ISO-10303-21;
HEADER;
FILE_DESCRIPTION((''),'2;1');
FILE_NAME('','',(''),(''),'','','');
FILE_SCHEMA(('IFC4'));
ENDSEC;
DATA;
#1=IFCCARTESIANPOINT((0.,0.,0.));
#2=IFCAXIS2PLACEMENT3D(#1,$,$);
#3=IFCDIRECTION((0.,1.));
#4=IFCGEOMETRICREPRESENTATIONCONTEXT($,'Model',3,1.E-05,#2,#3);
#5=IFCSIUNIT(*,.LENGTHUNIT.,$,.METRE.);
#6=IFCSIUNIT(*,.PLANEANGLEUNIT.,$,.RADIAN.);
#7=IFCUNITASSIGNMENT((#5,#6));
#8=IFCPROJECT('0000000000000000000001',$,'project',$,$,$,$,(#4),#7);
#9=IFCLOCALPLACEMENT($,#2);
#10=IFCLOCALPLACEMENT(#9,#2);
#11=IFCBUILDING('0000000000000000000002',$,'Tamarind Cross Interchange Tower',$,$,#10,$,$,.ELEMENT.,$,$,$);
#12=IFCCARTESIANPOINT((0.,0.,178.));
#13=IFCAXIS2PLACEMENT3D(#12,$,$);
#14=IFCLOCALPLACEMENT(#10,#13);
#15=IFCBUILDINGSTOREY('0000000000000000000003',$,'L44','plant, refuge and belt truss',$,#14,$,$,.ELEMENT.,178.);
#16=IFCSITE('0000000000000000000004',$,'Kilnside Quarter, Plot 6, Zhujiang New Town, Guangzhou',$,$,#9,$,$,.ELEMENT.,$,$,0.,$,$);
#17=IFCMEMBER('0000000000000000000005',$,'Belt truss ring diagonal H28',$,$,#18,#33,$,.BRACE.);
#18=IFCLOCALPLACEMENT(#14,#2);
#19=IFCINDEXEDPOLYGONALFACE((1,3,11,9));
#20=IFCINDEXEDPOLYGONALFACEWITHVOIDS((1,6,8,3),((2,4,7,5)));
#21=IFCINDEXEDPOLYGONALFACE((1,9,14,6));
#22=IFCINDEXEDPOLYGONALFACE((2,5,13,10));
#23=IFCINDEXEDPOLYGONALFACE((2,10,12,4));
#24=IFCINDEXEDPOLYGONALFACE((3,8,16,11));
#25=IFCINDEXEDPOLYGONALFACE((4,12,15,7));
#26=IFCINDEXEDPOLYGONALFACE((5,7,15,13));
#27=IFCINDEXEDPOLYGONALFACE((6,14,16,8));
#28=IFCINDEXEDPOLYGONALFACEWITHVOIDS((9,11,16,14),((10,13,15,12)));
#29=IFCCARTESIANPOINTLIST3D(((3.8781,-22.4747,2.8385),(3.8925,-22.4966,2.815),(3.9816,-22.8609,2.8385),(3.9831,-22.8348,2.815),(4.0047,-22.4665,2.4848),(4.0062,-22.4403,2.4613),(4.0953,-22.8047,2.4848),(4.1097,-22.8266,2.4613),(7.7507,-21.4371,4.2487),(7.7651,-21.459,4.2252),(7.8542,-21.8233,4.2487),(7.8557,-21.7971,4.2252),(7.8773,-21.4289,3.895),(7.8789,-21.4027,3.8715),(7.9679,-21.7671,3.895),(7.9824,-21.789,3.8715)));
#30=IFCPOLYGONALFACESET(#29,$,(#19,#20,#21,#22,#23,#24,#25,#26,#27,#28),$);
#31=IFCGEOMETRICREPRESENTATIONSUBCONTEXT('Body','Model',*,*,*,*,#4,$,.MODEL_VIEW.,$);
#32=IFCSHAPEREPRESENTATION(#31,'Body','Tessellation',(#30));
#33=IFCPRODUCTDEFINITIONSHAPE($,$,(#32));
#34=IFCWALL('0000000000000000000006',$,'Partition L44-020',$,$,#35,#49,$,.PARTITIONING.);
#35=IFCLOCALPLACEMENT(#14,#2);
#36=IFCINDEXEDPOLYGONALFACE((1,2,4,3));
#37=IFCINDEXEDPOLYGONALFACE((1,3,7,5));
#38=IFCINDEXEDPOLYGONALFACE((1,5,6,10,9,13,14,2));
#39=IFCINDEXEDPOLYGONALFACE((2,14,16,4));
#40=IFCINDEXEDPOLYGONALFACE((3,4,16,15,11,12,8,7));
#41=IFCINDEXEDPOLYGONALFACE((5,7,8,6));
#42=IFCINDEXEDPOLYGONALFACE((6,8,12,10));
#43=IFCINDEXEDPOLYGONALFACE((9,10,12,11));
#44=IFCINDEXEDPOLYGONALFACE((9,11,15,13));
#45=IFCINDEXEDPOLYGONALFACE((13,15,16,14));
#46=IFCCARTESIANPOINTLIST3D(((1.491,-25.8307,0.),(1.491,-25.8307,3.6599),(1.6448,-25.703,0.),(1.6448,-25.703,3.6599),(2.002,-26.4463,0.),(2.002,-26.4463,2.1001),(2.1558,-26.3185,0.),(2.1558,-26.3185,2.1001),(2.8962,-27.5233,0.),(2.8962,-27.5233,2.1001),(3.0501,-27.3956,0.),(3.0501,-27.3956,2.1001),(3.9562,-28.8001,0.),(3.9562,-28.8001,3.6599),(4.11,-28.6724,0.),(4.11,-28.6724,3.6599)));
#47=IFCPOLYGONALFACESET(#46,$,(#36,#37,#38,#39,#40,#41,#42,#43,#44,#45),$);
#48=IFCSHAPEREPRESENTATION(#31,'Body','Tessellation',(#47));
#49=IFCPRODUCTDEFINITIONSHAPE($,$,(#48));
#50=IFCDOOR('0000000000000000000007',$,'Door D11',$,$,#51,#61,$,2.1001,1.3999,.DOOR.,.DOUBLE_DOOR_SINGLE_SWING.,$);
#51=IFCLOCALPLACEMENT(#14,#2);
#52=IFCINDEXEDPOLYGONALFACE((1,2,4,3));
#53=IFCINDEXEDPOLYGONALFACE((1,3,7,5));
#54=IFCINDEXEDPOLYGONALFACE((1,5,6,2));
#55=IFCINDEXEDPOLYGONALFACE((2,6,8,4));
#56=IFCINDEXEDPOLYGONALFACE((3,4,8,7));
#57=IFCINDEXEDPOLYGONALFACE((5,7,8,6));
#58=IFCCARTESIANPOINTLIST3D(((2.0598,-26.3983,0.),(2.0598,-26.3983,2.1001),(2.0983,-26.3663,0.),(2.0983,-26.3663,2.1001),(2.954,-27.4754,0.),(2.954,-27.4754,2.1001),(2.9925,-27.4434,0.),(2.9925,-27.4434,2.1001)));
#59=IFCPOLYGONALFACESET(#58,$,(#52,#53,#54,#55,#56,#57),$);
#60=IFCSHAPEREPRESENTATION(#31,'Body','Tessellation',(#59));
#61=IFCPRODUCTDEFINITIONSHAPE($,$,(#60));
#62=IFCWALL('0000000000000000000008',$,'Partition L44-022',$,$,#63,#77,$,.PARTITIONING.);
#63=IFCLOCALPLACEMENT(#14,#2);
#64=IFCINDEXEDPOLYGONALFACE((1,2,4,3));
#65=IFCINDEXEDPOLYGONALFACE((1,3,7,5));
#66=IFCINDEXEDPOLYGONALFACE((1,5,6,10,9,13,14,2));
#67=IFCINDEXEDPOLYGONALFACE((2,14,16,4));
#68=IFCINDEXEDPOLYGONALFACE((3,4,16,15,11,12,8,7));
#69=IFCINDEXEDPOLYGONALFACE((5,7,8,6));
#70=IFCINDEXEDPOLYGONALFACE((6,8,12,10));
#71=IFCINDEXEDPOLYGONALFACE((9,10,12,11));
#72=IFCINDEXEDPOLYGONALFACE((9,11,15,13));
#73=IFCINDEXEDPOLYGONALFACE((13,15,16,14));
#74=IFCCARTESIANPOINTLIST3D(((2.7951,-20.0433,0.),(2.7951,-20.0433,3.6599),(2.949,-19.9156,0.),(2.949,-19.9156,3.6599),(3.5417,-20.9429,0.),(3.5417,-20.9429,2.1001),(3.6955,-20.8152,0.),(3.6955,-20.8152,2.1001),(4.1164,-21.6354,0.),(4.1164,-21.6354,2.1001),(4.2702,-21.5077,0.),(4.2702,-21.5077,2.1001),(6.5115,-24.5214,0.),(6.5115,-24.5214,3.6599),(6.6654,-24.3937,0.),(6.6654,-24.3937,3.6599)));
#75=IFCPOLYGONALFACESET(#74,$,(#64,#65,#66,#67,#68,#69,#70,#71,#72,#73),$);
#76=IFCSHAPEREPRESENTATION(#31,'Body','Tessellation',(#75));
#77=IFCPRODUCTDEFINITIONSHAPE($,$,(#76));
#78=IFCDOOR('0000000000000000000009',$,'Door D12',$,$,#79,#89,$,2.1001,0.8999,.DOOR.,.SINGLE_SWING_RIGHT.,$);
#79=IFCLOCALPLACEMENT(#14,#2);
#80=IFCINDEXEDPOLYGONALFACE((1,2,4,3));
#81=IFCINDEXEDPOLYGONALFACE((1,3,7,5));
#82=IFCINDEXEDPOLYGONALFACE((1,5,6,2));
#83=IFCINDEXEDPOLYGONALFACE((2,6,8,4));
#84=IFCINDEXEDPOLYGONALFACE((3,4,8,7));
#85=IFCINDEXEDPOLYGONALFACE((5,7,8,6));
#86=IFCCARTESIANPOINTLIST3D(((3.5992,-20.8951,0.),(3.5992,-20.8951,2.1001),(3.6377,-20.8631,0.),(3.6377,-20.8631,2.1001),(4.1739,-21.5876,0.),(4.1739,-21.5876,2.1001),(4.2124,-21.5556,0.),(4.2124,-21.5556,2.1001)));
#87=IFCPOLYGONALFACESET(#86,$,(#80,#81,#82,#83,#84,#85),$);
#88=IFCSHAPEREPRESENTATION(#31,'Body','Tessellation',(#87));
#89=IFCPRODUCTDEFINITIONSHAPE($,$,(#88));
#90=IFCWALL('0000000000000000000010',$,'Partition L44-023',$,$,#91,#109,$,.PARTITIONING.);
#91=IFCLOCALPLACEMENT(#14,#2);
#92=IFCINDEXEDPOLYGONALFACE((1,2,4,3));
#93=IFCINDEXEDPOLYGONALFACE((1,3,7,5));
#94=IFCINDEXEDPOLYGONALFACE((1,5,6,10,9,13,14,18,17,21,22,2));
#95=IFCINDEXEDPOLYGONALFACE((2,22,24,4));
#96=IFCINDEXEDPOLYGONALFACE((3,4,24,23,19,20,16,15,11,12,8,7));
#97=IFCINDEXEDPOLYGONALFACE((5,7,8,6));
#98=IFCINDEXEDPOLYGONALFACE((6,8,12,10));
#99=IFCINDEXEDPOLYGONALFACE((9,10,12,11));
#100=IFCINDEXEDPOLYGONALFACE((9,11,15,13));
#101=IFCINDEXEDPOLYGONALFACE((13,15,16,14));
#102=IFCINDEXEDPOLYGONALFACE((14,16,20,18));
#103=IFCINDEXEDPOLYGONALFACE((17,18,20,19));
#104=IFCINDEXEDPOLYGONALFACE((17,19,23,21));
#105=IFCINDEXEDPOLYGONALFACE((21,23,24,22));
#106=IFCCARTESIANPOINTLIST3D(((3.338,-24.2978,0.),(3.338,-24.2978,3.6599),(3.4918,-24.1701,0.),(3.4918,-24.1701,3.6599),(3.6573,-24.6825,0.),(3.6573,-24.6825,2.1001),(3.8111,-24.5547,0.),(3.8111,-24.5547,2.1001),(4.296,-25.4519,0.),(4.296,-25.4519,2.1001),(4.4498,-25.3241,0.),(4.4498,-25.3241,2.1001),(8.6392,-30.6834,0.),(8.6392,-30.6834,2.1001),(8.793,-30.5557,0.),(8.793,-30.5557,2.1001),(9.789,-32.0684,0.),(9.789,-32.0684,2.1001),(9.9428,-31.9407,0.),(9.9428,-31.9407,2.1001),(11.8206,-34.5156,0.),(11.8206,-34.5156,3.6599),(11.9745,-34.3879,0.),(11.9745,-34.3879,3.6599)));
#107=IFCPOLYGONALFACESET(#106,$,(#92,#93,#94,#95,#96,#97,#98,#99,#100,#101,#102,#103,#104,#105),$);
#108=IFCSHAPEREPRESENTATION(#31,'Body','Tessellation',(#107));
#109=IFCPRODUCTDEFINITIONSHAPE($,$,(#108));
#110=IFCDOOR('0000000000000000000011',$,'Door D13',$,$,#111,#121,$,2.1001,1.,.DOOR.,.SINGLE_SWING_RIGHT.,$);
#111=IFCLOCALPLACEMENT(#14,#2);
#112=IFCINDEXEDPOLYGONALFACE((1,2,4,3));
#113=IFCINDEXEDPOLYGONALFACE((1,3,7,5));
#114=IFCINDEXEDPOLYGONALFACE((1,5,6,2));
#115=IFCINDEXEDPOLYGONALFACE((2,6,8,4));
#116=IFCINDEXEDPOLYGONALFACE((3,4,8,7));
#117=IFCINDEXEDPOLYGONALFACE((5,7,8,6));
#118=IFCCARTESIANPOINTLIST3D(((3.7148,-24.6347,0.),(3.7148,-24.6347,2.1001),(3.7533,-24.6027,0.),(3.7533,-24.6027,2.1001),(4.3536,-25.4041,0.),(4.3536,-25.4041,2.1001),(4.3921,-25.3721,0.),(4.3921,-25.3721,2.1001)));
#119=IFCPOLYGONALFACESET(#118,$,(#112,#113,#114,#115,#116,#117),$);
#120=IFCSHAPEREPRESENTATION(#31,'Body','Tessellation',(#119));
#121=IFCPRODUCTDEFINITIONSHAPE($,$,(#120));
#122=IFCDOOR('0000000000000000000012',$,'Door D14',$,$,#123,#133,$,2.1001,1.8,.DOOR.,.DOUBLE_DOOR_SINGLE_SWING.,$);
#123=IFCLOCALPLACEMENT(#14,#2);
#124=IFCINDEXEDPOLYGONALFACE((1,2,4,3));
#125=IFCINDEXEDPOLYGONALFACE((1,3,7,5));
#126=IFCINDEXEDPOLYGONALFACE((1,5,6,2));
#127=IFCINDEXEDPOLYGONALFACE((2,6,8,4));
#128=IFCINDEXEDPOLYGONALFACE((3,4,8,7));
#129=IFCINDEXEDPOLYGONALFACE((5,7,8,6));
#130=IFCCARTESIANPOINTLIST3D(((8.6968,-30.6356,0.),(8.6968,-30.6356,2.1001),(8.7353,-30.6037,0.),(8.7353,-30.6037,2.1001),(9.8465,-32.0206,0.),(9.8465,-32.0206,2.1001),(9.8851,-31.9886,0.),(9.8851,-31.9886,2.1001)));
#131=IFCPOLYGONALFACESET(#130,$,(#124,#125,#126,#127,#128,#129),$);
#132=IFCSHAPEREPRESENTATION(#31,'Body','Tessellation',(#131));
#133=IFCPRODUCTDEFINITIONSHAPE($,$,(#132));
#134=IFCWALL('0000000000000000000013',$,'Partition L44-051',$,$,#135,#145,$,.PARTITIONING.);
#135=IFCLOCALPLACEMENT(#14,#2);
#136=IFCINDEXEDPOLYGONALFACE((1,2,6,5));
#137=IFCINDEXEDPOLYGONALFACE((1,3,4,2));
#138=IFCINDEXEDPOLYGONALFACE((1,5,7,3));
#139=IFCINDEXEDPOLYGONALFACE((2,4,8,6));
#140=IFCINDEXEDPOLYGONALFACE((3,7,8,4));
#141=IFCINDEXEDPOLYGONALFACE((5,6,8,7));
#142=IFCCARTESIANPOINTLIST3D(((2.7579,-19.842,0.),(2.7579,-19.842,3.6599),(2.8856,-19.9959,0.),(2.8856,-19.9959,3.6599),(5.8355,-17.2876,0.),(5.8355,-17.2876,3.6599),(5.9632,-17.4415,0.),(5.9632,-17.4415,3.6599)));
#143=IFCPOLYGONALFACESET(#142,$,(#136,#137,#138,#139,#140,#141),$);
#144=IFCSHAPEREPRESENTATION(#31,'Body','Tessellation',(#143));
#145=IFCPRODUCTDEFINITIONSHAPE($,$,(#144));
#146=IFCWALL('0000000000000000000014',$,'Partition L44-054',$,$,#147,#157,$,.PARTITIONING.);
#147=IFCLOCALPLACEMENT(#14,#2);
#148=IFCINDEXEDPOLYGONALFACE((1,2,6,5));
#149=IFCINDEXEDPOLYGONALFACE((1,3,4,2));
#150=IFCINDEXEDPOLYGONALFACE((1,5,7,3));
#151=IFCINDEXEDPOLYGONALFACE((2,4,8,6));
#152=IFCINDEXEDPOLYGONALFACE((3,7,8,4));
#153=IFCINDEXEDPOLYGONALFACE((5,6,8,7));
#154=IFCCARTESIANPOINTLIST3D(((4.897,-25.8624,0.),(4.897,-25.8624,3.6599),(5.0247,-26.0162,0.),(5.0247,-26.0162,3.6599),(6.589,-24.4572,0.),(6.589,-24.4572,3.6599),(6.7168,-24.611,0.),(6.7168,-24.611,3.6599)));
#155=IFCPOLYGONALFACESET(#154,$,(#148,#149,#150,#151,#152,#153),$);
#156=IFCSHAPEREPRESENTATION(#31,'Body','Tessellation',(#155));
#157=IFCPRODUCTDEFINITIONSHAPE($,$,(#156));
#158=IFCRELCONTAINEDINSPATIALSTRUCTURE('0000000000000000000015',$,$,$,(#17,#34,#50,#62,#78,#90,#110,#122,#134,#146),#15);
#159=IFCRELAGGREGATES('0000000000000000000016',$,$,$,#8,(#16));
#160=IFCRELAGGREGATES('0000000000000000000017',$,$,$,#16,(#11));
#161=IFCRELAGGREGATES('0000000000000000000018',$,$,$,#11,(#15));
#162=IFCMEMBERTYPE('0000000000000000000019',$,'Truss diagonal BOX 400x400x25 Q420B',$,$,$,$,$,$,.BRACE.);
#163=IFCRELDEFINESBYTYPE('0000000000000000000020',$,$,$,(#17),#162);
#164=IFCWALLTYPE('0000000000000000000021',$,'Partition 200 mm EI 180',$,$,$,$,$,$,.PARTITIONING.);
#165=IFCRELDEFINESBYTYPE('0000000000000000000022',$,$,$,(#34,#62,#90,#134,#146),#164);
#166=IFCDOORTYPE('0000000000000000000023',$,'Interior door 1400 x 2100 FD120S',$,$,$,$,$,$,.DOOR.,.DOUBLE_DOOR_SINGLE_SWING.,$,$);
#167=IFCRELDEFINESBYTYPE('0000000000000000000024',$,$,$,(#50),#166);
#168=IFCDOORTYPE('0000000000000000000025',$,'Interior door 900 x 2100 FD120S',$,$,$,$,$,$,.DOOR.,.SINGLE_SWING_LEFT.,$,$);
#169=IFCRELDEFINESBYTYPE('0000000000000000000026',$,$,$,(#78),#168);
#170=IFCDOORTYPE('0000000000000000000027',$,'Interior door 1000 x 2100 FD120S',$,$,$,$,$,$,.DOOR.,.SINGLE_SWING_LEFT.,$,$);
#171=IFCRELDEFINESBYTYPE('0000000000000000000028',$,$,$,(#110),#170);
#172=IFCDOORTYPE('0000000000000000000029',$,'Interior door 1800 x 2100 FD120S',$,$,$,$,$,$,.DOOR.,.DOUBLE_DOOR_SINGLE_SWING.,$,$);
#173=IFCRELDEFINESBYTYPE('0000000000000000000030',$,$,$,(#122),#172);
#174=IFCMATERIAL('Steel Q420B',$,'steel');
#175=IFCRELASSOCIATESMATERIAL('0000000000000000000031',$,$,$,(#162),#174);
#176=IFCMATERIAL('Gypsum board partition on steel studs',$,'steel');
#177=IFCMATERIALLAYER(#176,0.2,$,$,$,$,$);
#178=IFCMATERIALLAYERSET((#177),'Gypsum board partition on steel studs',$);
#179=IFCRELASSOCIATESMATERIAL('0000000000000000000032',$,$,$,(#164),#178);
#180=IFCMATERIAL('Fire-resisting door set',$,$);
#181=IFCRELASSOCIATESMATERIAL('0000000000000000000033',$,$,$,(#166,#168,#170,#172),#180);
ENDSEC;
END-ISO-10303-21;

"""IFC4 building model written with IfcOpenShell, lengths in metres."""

from ifc_helpers import new_model, si_unit, direction, frame, frame_2d, origin, origin_2d, place, context, subcontext, project, spatial, rectangle, hollow_rectangle, extrude, material, layer, layer_set, material_profile, profile_set, type_object, element, fill, save


model = new_model("IFC4")

# Units and contexts
model_context = context("Model", 3, precision=1e-05, world=origin(), true_north=direction((0.0, 1.0)))
body_context = subcontext(model_context, "Body", "Model", "MODEL_VIEW")
ifc_project = project(units=[si_unit("LENGTHUNIT", "METRE"), si_unit("PLANEANGLEUNIT", "RADIAN")], contexts=[model_context])

# Site, building, storey
site_placement = place(None, origin())
site = spatial("IfcSite", under=ifc_project, at=site_placement, Name="Kilnside Quarter, Plot 6, Zhujiang New Town, Guangzhou", CompositionType="ELEMENT", RefElevation=0.0)
building_placement = place(site_placement, origin())
building = spatial("IfcBuilding", under=site, at=building_placement, Name="Tamarind Cross Interchange Tower", CompositionType="ELEMENT")
storey_placement = place(building_placement, frame((0.0, 0.0, 178.0)))
storey = spatial("IfcBuildingStorey", under=building, at=storey_placement, Name="L44", Description="plant, refuge and belt truss", CompositionType="ELEMENT", Elevation=178.0)

# Member
ifc_material_1 = material(Name="Steel Q420B", Category="steel")
ifc_material_profile_1 = material_profile(ifc_material_1, hollow_rectangle(XDim=0.3999, YDim=0.3999, WallThickness=0.0249, at=origin_2d()), Name="BOX 400x400x25")
ifc_profile_set_1 = profile_set([ifc_material_profile_1], Name="Steel Q420B")
member_type_1 = type_object("IfcMemberType", Name="Truss diagonal BOX 400x400x25 Q420B", PredefinedType="BRACE", material=ifc_profile_set_1)
member_placement = place(storey_placement, frame((3.9939, -22.6506, 2.6499), z_axis=(0.911206, 0.244145, 0.331807), x_axis=(-0.258807, 0.965929, 0.0)))
element("IfcMember", 1, at=member_placement, inside=storey, type_object=member_type_1, Name="Belt truss ring diagonal H28", PredefinedType="BRACE", context=body_context, shape_type="SweptSolid", body=[
    extrude(hollow_rectangle(XDim=0.3999, YDim=0.3999, WallThickness=0.0249, at=origin_2d()), origin(), (0.0, 0.0, 1.0), 4.25),
])

# Walls, openings, doors
ifc_material_2 = material(Name="Gypsum board partition on steel studs", Category="steel")
ifc_layer_1 = layer(ifc_material_2, 0.2)
ifc_layer_set_1 = layer_set([ifc_layer_1], Name="Gypsum board partition on steel studs")
wall_type_1 = type_object("IfcWallType", Name="Partition 200 mm EI 180", PredefinedType="PARTITIONING", material=ifc_layer_set_1)
wall_1_placement = place(storey_placement, frame((1.5679, -25.7668, 0.0), z_axis=(0.0, 0.0, 1.0), x_axis=(0.638771, -0.769397, 0.0)))
wall_1 = element("IfcWall", 2, at=wall_1_placement, inside=storey, type_object=wall_type_1, Name="Partition L44-020", PredefinedType="PARTITIONING", context=body_context, shape_type="SweptSolid", body=[
    extrude(rectangle(XDim=3.8594, YDim=0.2, at=frame_2d((1.9297, 0.0))), origin(), (0.0, 0.0, 1.0), 3.6599),
])
opening_1_placement = place(wall_1_placement, frame((0.8, 0.0, 0.0)))
opening_1 = element("IfcOpeningElement", 3, at=opening_1_placement, cuts=wall_1, PredefinedType="OPENING", context=body_context, shape_type="SweptSolid", body=[
    extrude(rectangle(XDim=1.3999, YDim=2.1001, at=frame_2d((0.7, 1.05))), frame((0.0, 0.1099, 0.0), z_axis=(0.0, -1.0, 0.0), x_axis=(1.0, 0.0, 0.0)), (0.0, 0.0, 1.0), 0.22),
])
ifc_material_3 = material(Name="Fire-resisting door set")
door_type_1 = type_object("IfcDoorType", Name="Interior door 1400 x 2100 FD120S", OperationType="DOUBLE_DOOR_SINGLE_SWING", PredefinedType="DOOR", material=ifc_material_3)
door_1_placement = place(opening_1_placement, frame((1.3999, 0.0, 0.0), z_axis=(0.0, 0.0, 1.0), x_axis=(-1.0, 0.0, 0.0)))
door_1 = element("IfcDoor", 4, at=door_1_placement, inside=storey, type_object=door_type_1, Name="Door D11", OperationType="DOUBLE_DOOR_SINGLE_SWING", OverallHeight=2.1001, OverallWidth=1.3999, PredefinedType="DOOR", context=body_context, shape_type="SweptSolid", body=[
    extrude(rectangle(XDim=1.3999, YDim=2.1001, at=frame_2d((0.7, 1.05))), frame((0.0, 0.0249, 0.0), z_axis=(0.0, -1.0, 0.0), x_axis=(1.0, 0.0, 0.0)), (0.0, 0.0, 1.0), 0.05),
])
fill(opening_1, door_1)
wall_2_placement = place(storey_placement, frame((2.8721, -19.9795, 0.0), z_axis=(0.0, 0.0, 1.0), x_axis=(0.638623, -0.76952, 0.0)))
wall_2 = element("IfcWall", 5, at=wall_2_placement, inside=storey, type_object=wall_type_1, Name="Partition L44-022", PredefinedType="PARTITIONING", context=body_context, shape_type="SweptSolid", body=[
    extrude(rectangle(XDim=5.8193, YDim=0.2, at=frame_2d((2.9097, 0.0))), origin(), (0.0, 0.0, 1.0), 3.6599),
])
opening_2_placement = place(wall_2_placement, frame((1.1689, 0.0, 0.0)))
opening_2 = element("IfcOpeningElement", 6, at=opening_2_placement, cuts=wall_2, PredefinedType="OPENING", context=body_context, shape_type="SweptSolid", body=[
    extrude(rectangle(XDim=0.8999, YDim=2.1001, at=frame_2d((0.45, 1.05))), frame((0.0, 0.1099, 0.0), z_axis=(0.0, -1.0, 0.0), x_axis=(1.0, 0.0, 0.0)), (0.0, 0.0, 1.0), 0.22),
])
door_type_2 = type_object("IfcDoorType", Name="Interior door 900 x 2100 FD120S", OperationType="SINGLE_SWING_LEFT", PredefinedType="DOOR", material=ifc_material_3)
door_2_placement = place(opening_2_placement, origin())
door_2 = element("IfcDoor", 7, at=door_2_placement, inside=storey, type_object=door_type_2, Name="Door D12", OperationType="SINGLE_SWING_RIGHT", OverallHeight=2.1001, OverallWidth=0.8999, PredefinedType="DOOR", context=body_context, shape_type="SweptSolid", body=[
    extrude(rectangle(XDim=0.8999, YDim=2.1001, at=frame_2d((0.45, 1.05))), frame((0.0, 0.0249, 0.0), z_axis=(0.0, -1.0, 0.0), x_axis=(1.0, 0.0, 0.0)), (0.0, 0.0, 1.0), 0.05),
])
fill(opening_2, door_2)

# Wall, openings, doors
wall_3_placement = place(storey_placement, frame((3.4148, -24.2339, 0.0), z_axis=(0.0, 0.0, 1.0), x_axis=(0.638755, -0.76941, 0.0)))
wall_3 = element("IfcWall", 8, at=wall_3_placement, inside=storey, type_object=wall_type_1, Name="Partition L44-023", PredefinedType="PARTITIONING", context=body_context, shape_type="SweptSolid", body=[
    extrude(rectangle(XDim=13.28, YDim=0.2, at=frame_2d((6.6401, 0.0))), origin(), (0.0, 0.0, 1.0), 3.6599),
])
opening_3_placement = place(wall_3_placement, frame((0.5, 0.0, 0.0)))
opening_3 = element("IfcOpeningElement", 9, at=opening_3_placement, cuts=wall_3, PredefinedType="OPENING", context=body_context, shape_type="SweptSolid", body=[
    extrude(rectangle(XDim=1.0, YDim=2.1001, at=frame_2d((0.5, 1.05))), frame((0.0, 0.1099, 0.0), z_axis=(0.0, -1.0, 0.0), x_axis=(1.0, 0.0, 0.0)), (0.0, 0.0, 1.0), 0.22),
])
opening_4_placement = place(wall_3_placement, frame((8.2996, 0.0, 0.0)))
opening_4 = element("IfcOpeningElement", 10, at=opening_4_placement, cuts=wall_3, PredefinedType="OPENING", context=body_context, shape_type="SweptSolid", body=[
    extrude(rectangle(XDim=1.8, YDim=2.1001, at=frame_2d((0.8999, 1.05))), frame((0.0, 0.1099, 0.0), z_axis=(0.0, -1.0, 0.0), x_axis=(1.0, 0.0, 0.0)), (0.0, 0.0, 1.0), 0.22),
])
door_type_3 = type_object("IfcDoorType", Name="Interior door 1000 x 2100 FD120S", OperationType="SINGLE_SWING_LEFT", PredefinedType="DOOR", material=ifc_material_3)
door_3_placement = place(opening_3_placement, origin())
door_3 = element("IfcDoor", 11, at=door_3_placement, inside=storey, type_object=door_type_3, Name="Door D13", OperationType="SINGLE_SWING_RIGHT", OverallHeight=2.1001, OverallWidth=1.0, PredefinedType="DOOR", context=body_context, shape_type="SweptSolid", body=[
    extrude(rectangle(XDim=1.0, YDim=2.1001, at=frame_2d((0.5, 1.05))), frame((0.0, 0.0249, 0.0), z_axis=(0.0, -1.0, 0.0), x_axis=(1.0, 0.0, 0.0)), (0.0, 0.0, 1.0), 0.05),
])
fill(opening_3, door_3)
door_type_4 = type_object("IfcDoorType", Name="Interior door 1800 x 2100 FD120S", OperationType="DOUBLE_DOOR_SINGLE_SWING", PredefinedType="DOOR", material=ifc_material_3)
door_4_placement = place(opening_4_placement, origin())
door_4 = element("IfcDoor", 12, at=door_4_placement, inside=storey, type_object=door_type_4, Name="Door D14", OperationType="DOUBLE_DOOR_SINGLE_SWING", OverallHeight=2.1001, OverallWidth=1.8, PredefinedType="DOOR", context=body_context, shape_type="SweptSolid", body=[
    extrude(rectangle(XDim=1.8, YDim=2.1001, at=frame_2d((0.8999, 1.05))), frame((0.0, 0.0249, 0.0), z_axis=(0.0, -1.0, 0.0), x_axis=(1.0, 0.0, 0.0)), (0.0, 0.0, 1.0), 0.05),
])
fill(opening_4, door_4)

# Walls
wall_4_placement = place(storey_placement, frame((2.8218, -19.9189, 0.0), z_axis=(0.0, 0.0, 1.0), x_axis=(0.769481, 0.63867, 0.0)))
element("IfcWall", 13, at=wall_4_placement, inside=storey, type_object=wall_type_1, Name="Partition L44-051", PredefinedType="PARTITIONING", context=body_context, shape_type="SweptSolid", body=[
    extrude(rectangle(XDim=3.9995, YDim=0.2, at=frame_2d((1.9998, 0.0))), origin(), (0.0, 0.0, 1.0), 3.6599),
])
wall_5_placement = place(storey_placement, frame((4.9609, -25.9392, 0.0), z_axis=(0.0, 0.0, 1.0), x_axis=(0.769303, 0.638884, 0.0)))
element("IfcWall", 14, at=wall_5_placement, inside=storey, type_object=wall_type_1, Name="Partition L44-054", PredefinedType="PARTITIONING", context=body_context, shape_type="SweptSolid", body=[
    extrude(rectangle(XDim=2.1995, YDim=0.2, at=frame_2d((1.0996, 0.0))), origin(), (0.0, 0.0, 1.0), 3.6599),
])

save(model, "model.ifc")
